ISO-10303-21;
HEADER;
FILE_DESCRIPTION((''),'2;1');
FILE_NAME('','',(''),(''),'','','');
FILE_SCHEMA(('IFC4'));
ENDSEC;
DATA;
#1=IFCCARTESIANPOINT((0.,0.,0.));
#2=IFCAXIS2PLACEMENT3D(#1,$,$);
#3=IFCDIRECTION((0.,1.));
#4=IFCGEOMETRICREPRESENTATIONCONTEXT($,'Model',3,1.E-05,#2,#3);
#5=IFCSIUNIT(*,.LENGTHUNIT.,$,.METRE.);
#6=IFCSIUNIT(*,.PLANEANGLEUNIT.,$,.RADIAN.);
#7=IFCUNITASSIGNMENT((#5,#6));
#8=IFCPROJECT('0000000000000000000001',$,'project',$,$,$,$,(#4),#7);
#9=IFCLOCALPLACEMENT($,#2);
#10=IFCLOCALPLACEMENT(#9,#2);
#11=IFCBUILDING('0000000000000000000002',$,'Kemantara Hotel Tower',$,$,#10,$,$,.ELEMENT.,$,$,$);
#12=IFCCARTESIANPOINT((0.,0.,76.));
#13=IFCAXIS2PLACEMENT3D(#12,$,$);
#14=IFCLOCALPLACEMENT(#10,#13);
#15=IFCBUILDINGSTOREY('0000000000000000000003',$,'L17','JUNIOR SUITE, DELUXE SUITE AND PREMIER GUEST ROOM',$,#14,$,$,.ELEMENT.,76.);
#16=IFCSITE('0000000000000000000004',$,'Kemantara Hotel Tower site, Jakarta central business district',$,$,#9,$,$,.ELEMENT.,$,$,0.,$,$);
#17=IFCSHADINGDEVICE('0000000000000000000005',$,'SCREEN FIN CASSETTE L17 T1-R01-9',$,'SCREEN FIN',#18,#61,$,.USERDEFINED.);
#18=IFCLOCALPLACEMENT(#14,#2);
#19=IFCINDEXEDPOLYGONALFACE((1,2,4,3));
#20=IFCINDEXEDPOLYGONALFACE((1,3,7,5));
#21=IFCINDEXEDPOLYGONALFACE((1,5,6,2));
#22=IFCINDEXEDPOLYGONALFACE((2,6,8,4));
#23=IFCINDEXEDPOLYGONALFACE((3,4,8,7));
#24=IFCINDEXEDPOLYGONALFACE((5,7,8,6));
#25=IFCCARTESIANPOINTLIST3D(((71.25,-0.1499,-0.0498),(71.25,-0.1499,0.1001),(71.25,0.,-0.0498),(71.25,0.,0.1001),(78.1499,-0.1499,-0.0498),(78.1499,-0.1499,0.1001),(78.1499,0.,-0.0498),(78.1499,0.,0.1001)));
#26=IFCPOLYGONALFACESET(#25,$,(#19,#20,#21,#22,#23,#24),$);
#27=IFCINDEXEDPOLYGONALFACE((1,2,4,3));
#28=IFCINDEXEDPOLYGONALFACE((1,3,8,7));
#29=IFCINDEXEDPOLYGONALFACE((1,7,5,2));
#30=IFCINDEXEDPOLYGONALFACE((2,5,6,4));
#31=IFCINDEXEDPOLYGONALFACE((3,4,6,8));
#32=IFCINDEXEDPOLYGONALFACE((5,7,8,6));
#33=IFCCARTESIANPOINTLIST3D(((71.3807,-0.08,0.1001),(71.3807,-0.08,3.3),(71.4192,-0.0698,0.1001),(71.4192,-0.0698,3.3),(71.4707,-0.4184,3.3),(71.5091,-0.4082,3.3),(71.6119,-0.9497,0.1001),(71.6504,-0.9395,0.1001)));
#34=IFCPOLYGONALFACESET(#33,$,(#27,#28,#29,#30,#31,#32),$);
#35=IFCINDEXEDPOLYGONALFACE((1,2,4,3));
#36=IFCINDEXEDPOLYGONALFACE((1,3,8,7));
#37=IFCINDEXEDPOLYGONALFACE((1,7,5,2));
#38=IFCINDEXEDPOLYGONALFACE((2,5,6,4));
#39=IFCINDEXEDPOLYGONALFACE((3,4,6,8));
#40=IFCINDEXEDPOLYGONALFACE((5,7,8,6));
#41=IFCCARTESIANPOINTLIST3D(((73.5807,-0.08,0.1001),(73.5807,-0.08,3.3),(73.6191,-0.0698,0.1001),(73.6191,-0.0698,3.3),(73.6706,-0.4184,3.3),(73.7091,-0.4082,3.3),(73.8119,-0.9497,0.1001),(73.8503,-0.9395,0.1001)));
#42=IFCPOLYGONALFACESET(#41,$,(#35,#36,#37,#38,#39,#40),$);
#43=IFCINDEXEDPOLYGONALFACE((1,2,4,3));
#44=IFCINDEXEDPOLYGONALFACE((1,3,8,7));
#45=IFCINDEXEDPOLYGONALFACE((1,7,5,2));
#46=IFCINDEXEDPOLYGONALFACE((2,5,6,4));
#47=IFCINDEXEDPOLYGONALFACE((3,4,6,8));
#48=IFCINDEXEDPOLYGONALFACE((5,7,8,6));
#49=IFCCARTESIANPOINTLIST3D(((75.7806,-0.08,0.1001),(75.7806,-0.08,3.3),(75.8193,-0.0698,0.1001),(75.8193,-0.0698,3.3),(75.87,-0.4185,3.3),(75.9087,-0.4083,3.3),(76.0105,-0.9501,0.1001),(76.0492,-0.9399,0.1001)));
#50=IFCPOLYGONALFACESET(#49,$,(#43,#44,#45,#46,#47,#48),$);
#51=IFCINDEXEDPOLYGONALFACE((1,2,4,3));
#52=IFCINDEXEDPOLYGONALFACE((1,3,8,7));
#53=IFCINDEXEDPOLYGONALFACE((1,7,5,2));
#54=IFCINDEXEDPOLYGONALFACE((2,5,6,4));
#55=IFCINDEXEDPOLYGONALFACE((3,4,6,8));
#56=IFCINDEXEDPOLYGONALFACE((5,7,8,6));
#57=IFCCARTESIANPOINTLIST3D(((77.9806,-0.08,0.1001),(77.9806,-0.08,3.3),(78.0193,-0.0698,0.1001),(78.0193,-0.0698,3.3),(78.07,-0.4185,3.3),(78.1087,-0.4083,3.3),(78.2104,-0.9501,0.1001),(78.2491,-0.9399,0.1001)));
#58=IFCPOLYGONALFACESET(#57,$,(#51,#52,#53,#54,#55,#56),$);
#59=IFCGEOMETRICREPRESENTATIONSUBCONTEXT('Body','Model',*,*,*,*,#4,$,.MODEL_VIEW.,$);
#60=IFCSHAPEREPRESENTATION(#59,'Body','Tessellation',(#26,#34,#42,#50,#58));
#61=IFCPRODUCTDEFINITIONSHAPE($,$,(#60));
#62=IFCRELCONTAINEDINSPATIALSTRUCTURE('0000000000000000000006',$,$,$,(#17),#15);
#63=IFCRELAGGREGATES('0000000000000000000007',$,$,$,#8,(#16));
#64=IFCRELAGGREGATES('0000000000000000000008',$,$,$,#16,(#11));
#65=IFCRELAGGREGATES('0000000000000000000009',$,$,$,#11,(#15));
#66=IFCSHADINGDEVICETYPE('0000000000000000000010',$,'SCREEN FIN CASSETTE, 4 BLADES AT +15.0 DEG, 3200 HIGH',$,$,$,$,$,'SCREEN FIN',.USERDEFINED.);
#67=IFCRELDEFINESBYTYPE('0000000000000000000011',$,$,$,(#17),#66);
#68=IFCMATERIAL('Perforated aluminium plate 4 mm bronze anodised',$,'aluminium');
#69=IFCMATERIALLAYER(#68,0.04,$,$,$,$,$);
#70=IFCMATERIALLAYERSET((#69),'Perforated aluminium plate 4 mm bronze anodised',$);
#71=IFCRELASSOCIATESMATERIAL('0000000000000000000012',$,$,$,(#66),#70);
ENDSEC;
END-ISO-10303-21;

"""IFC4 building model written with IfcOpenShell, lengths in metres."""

from ifc_helpers import new_model, si_unit, direction, frame, origin, origin_2d, place, context, subcontext, project, spatial, polyline, rectangle, outline, extrude, source, transform, mapped, material, layer, layer_set, type_object, element, save


model = new_model("IFC4")

# Units and contexts
model_context = context("Model", 3, precision=1e-05, world=origin(), true_north=direction((0.0, 1.0)))
body_context = subcontext(model_context, "Body", "Model", "MODEL_VIEW")
ifc_project = project(units=[si_unit("LENGTHUNIT", "METRE"), si_unit("PLANEANGLEUNIT", "RADIAN")], contexts=[model_context])

# Site, building, storey
site_placement = place(None, origin())
site = spatial("IfcSite", under=ifc_project, at=site_placement, Name="Kemantara Hotel Tower site, Jakarta central business district", CompositionType="ELEMENT", RefElevation=0.0)
building_placement = place(site_placement, origin())
building = spatial("IfcBuilding", under=site, at=building_placement, Name="Kemantara Hotel Tower", CompositionType="ELEMENT")
storey_placement = place(building_placement, frame((0.0, 0.0, 76.0)))
storey = spatial("IfcBuildingStorey", under=building, at=storey_placement, Name="L17", Description="JUNIOR SUITE, DELUXE SUITE AND PREMIER GUEST ROOM", CompositionType="ELEMENT", Elevation=76.0)

# Shading device
ifc_material_1 = material(Name="Perforated aluminium plate 4 mm bronze anodised", Category="aluminium")
ifc_layer_1 = layer(ifc_material_1, 0.04)
ifc_layer_set_1 = layer_set([ifc_layer_1], Name="Perforated aluminium plate 4 mm bronze anodised")
shading_device_type_1 = type_object("IfcShadingDeviceType", Name="SCREEN FIN CASSETTE, 4 BLADES AT +15.0 DEG, 3200 HIGH", ElementType="SCREEN FIN", PredefinedType="USERDEFINED", material=ifc_layer_set_1)
shared_shape_1 = source(origin(), body_context, "Body", "SweptSolid", [
    extrude(rectangle(XDim=6.8999, YDim=0.1499, at=origin_2d()), frame((3.3, -0.075, -0.1499), z_axis=(0.0, 0.0, 1.0), x_axis=(1.0, 0.0, 0.0)), (0.0, 0.0, 1.0), 0.1499),
    extrude(outline(polyline([(0.0, 0.0), (0.8999, 0.0), (0.3501, 3.2), (0.0, 3.2), (0.0, 0.0)])), frame((0.0193, -0.0698, 0.0), z_axis=(-0.966438, -0.256901, 0.0), x_axis=(0.256901, -0.966438, 0.0)), (0.0, 0.0, 1.0), 0.0398),
    extrude(outline(polyline([(0.0, 0.0), (0.8999, 0.0), (0.3501, 3.2), (0.0, 3.2), (0.0, 0.0)])), frame((2.2192, -0.0698, 0.0), z_axis=(-0.966438, -0.256901, 0.0), x_axis=(0.256901, -0.966438, 0.0)), (0.0, 0.0, 1.0), 0.0398),
    extrude(outline(polyline([(0.0, 0.0), (0.8999, 0.0), (0.3501, 3.2), (0.0, 3.2), (0.0, 0.0)])), frame((4.4194, -0.0698, 0.0), z_axis=(-0.966838, -0.255391, 0.0), x_axis=(0.255391, -0.966838, 0.0)), (0.0, 0.0, 1.0), 0.04),
    extrude(outline(polyline([(0.0, 0.0), (0.8999, 0.0), (0.3501, 3.2), (0.0, 3.2), (0.0, 0.0)])), frame((6.6194, -0.0698, 0.0), z_axis=(-0.966838, -0.255391, 0.0), x_axis=(0.255391, -0.966838, 0.0)), (0.0, 0.0, 1.0), 0.04),
])
shading_device_1_placement = place(storey_placement, frame((71.3999, 0.0, 0.1001), z_axis=(0.0, 0.0, 1.0), x_axis=(1.0, 0.0, 0.0)))
element("IfcShadingDevice", 1, at=shading_device_1_placement, inside=storey, type_object=shading_device_type_1, Name="SCREEN FIN CASSETTE L17 T1-R01-9", ObjectType="SCREEN FIN", PredefinedType="USERDEFINED", context=body_context, shape_type="MappedRepresentation", body=[
    mapped(shared_shape_1, transform((0.0, 0.0, 0.0))),
])

save(model, "model.ifc")
